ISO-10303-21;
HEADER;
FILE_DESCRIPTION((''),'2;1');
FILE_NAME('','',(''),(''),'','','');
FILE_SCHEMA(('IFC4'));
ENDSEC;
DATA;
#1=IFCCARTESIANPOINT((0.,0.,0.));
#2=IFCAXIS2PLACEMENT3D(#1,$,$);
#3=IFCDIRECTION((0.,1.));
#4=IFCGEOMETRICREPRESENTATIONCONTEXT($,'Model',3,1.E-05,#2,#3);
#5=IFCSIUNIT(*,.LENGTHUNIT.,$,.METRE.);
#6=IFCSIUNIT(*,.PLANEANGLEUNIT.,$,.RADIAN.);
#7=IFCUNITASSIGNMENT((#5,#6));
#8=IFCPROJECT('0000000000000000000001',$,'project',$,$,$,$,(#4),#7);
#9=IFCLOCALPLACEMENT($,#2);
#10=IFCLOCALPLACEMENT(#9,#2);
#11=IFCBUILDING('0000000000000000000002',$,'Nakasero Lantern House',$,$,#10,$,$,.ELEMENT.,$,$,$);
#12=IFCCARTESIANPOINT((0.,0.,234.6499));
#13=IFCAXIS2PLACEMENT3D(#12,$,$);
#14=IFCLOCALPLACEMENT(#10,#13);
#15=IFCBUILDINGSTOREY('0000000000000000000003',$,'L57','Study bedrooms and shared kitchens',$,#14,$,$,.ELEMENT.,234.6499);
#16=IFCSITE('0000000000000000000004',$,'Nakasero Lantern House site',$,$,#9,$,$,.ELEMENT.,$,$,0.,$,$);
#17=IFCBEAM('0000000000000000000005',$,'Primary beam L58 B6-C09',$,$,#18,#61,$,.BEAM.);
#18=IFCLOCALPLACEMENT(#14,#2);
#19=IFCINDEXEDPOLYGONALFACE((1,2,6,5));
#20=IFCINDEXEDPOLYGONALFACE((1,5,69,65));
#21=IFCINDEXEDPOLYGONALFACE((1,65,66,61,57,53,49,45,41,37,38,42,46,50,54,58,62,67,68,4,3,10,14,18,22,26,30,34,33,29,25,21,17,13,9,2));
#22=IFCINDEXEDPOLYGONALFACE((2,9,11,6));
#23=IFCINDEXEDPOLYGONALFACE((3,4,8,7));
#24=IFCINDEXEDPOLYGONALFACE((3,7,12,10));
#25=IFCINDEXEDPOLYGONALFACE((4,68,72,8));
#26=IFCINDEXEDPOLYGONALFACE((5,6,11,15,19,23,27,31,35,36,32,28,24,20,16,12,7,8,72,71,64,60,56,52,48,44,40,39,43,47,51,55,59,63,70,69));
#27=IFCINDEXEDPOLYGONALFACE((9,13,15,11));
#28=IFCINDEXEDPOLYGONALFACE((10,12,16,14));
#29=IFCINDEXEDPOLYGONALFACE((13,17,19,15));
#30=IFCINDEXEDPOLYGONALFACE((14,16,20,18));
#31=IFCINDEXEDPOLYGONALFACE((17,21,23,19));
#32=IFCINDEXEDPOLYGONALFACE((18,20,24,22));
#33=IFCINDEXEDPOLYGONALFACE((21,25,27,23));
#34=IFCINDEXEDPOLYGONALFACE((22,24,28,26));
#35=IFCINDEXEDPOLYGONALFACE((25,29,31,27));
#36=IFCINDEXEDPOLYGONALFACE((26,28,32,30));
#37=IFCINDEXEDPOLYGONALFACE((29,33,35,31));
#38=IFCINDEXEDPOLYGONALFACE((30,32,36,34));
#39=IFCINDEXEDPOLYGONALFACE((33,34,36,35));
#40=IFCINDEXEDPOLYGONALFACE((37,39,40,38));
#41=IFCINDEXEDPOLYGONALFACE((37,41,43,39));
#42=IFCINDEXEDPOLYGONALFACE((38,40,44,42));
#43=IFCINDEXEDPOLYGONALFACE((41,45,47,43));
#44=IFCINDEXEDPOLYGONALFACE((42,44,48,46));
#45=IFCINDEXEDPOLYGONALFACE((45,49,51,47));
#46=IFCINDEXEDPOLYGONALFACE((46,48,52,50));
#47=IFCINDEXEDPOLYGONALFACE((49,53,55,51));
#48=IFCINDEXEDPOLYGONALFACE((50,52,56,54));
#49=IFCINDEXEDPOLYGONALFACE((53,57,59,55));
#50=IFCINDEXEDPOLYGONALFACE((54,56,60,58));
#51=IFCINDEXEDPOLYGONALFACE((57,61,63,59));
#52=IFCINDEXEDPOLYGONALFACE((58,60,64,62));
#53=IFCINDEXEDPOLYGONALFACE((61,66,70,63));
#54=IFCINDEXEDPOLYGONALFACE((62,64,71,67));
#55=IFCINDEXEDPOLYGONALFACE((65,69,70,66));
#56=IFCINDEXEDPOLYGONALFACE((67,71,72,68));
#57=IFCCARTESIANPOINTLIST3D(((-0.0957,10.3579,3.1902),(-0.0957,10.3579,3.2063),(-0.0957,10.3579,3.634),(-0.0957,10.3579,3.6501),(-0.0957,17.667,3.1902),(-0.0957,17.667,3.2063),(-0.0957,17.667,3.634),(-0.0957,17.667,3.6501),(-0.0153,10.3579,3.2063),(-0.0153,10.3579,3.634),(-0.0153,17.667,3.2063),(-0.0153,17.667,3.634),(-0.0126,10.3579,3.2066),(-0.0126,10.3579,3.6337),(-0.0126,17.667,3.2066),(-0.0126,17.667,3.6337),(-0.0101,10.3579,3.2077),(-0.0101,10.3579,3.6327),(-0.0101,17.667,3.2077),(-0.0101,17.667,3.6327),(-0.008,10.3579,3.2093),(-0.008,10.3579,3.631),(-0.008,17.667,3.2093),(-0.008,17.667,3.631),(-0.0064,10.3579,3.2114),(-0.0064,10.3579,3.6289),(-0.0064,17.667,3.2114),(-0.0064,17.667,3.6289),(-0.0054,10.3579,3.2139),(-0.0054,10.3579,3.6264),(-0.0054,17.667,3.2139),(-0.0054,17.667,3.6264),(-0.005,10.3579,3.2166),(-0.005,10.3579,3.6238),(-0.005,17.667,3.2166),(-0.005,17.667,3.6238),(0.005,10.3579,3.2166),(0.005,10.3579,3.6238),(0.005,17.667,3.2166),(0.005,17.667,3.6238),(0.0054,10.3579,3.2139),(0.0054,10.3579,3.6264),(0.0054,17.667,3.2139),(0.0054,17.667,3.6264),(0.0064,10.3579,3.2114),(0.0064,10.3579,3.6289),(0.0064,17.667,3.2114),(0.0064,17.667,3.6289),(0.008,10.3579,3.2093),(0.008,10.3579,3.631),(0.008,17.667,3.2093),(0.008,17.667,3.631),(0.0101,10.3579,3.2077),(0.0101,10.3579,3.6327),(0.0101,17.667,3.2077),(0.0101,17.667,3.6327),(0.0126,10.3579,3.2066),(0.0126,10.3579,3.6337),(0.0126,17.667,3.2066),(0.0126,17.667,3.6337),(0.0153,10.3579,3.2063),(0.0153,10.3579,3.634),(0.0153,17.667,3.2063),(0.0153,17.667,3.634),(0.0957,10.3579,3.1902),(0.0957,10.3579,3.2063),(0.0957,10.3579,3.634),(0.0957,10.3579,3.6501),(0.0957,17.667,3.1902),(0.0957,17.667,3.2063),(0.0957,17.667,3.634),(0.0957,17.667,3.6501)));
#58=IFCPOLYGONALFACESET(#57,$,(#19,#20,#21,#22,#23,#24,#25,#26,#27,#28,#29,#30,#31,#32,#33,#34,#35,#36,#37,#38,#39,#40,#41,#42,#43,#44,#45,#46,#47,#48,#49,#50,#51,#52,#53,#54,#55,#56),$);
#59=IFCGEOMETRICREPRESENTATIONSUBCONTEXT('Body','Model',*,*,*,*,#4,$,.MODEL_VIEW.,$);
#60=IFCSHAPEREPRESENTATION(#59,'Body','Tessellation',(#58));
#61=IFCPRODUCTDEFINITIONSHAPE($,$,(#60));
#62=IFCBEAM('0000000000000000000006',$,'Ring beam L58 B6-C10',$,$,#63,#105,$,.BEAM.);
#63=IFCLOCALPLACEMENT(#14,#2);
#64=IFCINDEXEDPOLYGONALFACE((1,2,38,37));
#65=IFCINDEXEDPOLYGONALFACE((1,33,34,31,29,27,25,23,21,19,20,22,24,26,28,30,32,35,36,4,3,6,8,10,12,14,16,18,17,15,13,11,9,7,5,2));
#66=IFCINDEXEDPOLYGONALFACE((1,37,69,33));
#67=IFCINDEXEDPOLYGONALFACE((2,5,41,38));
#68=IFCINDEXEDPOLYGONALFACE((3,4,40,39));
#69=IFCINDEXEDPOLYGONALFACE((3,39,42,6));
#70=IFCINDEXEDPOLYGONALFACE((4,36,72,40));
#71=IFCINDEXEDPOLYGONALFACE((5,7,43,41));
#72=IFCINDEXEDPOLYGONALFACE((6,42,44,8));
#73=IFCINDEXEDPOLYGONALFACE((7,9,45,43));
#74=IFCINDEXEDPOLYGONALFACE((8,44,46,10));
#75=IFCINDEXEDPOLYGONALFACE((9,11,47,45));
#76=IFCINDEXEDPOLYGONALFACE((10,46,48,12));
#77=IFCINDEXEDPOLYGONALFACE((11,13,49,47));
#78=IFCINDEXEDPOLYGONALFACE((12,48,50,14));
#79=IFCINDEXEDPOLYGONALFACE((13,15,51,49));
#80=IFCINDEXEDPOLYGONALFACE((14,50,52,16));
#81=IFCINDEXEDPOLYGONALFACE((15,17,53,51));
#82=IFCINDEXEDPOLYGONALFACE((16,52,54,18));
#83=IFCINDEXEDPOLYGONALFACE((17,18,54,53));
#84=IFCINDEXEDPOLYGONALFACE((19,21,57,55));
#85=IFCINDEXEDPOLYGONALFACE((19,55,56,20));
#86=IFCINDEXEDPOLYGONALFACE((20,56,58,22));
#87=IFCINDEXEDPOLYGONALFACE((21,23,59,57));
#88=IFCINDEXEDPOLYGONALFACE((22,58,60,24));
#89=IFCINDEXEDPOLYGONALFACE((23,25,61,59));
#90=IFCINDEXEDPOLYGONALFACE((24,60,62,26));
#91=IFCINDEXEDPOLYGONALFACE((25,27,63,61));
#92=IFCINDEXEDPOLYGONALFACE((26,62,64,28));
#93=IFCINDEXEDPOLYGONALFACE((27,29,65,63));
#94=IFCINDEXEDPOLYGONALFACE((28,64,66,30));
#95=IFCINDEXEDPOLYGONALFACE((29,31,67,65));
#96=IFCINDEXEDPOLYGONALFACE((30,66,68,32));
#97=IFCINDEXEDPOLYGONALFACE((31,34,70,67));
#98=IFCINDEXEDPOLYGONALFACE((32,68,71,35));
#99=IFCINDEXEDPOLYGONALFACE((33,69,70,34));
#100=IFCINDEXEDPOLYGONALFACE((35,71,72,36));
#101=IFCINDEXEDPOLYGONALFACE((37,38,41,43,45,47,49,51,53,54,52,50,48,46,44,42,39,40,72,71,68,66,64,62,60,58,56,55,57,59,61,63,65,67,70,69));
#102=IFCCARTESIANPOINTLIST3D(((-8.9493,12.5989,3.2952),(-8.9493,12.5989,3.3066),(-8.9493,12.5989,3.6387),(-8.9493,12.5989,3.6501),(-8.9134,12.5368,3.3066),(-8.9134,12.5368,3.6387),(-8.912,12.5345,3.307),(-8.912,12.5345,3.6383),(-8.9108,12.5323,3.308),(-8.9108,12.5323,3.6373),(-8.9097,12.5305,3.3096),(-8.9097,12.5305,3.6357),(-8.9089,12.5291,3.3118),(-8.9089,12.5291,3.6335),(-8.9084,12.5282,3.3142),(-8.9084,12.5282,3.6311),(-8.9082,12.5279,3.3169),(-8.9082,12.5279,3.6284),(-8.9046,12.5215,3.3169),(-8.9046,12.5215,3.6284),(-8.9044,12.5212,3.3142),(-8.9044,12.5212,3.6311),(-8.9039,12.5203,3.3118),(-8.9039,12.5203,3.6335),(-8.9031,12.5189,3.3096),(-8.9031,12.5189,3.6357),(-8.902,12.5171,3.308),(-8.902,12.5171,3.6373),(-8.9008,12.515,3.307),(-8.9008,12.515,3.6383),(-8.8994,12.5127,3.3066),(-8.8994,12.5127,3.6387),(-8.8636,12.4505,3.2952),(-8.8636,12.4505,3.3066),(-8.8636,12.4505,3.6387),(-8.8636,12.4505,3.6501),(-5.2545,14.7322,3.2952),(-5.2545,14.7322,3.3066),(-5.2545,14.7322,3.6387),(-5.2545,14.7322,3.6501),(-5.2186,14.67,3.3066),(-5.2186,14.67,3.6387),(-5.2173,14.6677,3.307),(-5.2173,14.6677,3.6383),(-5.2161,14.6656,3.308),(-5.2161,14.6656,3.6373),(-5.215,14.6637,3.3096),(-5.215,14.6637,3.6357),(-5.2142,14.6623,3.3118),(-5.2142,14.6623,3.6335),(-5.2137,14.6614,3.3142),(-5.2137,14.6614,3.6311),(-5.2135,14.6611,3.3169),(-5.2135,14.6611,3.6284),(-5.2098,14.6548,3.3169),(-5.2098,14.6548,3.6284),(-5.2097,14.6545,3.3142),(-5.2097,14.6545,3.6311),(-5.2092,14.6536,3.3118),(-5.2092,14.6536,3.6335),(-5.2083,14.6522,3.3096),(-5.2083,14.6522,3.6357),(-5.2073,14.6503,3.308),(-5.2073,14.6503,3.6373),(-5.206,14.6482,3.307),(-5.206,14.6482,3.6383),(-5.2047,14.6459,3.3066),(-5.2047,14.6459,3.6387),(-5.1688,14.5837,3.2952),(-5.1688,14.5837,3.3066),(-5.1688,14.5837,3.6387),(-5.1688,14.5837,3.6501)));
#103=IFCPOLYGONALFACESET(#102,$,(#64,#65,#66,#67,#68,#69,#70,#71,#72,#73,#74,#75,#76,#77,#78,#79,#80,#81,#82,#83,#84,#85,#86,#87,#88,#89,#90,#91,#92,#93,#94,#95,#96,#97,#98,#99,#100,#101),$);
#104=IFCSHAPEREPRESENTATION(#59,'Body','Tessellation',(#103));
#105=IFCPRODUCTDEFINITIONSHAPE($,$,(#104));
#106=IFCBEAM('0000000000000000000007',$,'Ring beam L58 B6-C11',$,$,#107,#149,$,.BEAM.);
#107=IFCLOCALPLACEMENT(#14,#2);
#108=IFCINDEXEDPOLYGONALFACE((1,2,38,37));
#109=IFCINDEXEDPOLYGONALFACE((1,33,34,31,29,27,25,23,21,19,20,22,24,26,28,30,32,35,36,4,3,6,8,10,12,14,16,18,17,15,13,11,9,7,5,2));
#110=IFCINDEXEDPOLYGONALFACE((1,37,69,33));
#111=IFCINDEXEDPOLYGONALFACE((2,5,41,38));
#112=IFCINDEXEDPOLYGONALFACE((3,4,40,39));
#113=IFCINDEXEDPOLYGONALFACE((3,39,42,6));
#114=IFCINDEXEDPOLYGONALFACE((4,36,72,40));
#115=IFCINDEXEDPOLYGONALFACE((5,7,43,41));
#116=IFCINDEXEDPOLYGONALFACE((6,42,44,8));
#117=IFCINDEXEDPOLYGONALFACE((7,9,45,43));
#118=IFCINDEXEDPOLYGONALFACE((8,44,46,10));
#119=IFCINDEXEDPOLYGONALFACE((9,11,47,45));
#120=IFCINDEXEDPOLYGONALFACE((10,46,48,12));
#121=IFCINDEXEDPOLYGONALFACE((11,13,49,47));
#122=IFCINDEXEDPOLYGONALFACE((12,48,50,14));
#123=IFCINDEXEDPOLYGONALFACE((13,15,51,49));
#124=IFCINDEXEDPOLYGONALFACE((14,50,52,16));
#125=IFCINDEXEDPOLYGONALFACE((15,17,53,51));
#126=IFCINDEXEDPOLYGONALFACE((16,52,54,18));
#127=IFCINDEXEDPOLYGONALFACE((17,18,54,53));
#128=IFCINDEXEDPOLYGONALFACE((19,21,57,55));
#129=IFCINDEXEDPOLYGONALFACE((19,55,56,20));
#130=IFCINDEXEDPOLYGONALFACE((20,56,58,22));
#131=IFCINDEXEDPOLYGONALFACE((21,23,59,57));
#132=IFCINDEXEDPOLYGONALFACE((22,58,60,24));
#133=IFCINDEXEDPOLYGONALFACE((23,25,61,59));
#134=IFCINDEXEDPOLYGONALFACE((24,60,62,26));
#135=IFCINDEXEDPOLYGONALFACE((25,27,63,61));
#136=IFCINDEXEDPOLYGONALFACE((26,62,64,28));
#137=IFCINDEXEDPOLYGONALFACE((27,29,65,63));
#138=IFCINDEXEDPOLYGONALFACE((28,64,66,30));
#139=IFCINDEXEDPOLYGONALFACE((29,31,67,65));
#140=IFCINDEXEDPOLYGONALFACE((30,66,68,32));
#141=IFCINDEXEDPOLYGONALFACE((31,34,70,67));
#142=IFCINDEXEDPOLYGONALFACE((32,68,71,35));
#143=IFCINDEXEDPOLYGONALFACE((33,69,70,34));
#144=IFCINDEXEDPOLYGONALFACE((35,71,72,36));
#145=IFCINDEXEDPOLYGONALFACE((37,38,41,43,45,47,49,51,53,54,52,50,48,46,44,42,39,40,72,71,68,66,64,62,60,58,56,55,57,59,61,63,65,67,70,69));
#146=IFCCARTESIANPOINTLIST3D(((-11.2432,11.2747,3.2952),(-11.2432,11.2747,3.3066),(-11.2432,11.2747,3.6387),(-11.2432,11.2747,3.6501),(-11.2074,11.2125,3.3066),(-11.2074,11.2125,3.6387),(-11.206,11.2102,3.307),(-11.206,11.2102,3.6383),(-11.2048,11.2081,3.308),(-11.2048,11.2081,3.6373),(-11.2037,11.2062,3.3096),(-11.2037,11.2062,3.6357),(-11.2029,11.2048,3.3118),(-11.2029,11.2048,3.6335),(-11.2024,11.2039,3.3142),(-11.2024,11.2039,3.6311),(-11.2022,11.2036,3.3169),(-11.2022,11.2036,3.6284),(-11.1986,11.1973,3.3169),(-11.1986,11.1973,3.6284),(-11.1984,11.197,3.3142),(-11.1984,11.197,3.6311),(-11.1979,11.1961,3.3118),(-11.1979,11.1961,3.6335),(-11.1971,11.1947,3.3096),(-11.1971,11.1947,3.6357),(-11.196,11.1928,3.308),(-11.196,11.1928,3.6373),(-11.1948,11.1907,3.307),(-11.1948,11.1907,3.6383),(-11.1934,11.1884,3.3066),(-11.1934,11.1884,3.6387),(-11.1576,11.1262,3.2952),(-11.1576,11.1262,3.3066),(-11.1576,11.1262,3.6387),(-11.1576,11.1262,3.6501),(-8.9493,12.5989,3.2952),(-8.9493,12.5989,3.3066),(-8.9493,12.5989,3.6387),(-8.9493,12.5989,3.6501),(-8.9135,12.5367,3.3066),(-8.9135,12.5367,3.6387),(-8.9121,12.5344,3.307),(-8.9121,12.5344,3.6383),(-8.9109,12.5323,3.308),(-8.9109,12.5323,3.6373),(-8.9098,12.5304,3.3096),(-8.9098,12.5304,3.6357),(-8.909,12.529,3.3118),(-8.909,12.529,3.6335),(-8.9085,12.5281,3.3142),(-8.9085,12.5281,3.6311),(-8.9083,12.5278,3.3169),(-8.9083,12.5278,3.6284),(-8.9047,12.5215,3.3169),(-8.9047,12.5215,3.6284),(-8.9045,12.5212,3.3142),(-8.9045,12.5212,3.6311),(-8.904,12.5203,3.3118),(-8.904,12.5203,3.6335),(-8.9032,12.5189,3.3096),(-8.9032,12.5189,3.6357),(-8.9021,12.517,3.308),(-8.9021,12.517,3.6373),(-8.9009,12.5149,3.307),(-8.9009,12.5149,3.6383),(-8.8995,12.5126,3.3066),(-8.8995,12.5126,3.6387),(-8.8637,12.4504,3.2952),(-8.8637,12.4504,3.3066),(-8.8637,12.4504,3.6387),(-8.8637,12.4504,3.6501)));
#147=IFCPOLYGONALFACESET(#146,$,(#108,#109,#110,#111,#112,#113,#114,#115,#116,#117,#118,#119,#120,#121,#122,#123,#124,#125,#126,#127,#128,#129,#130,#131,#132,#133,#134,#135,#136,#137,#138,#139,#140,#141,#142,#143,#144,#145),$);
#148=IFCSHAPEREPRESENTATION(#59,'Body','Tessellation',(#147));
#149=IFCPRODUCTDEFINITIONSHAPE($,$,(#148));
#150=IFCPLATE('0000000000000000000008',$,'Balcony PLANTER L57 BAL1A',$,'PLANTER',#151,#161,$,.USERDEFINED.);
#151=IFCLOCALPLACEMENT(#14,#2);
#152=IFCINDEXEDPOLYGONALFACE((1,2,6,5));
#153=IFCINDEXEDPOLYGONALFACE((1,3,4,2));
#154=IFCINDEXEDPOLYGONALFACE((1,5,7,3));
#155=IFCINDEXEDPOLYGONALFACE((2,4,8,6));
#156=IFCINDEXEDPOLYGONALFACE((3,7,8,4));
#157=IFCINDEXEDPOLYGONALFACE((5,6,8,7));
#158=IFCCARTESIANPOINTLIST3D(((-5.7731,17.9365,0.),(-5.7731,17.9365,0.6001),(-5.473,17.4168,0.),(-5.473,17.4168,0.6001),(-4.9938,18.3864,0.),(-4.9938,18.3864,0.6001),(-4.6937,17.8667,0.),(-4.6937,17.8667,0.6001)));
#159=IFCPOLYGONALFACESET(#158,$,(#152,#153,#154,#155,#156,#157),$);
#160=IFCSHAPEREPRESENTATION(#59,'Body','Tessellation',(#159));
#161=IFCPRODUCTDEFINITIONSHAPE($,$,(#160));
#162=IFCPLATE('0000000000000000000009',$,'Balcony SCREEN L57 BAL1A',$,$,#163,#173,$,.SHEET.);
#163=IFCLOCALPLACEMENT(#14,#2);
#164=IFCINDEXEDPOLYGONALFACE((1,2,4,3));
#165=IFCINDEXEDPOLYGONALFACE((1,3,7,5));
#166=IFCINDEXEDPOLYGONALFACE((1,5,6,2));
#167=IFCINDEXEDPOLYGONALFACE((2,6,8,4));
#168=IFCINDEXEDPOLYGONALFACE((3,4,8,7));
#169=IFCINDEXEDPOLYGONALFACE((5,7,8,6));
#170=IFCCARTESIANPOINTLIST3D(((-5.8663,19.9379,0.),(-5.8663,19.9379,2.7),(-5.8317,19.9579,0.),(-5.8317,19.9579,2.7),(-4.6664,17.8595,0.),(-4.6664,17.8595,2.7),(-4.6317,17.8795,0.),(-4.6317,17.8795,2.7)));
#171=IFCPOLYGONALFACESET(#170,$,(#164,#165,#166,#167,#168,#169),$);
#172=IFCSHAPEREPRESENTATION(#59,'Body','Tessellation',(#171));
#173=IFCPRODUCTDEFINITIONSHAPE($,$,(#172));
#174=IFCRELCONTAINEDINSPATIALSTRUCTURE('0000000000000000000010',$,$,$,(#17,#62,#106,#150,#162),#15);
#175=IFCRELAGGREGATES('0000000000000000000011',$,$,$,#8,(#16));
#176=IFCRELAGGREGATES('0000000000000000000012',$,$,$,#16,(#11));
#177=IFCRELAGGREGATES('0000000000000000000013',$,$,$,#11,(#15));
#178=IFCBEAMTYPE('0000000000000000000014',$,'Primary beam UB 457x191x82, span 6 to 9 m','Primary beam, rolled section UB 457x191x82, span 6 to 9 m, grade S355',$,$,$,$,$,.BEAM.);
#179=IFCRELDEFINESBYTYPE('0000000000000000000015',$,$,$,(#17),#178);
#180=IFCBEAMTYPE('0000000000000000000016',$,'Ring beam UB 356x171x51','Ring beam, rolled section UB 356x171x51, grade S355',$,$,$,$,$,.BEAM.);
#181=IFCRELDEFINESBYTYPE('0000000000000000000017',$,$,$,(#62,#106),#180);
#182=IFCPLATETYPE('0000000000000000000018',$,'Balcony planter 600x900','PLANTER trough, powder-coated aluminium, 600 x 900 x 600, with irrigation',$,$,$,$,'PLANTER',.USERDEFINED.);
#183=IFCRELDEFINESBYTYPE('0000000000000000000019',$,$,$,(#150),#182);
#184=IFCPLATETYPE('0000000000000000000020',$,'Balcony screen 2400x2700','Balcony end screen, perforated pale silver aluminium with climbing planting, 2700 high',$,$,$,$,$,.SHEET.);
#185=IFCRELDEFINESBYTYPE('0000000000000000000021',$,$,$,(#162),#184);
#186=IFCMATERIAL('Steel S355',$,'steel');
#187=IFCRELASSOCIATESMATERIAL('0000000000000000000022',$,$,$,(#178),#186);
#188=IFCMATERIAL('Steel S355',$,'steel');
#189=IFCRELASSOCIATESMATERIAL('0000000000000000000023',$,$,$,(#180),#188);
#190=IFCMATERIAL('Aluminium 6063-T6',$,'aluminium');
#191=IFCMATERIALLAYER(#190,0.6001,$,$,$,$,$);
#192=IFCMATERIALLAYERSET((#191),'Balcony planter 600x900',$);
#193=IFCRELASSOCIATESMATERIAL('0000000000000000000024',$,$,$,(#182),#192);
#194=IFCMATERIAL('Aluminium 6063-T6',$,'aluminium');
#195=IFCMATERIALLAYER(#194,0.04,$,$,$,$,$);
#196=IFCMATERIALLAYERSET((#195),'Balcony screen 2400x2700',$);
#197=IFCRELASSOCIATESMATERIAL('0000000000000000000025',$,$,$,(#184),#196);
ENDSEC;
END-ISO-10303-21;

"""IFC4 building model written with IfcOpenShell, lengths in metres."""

from ifc_helpers import new_model, si_unit, direction, frame, origin, origin_2d, place, context, subcontext, project, spatial, rectangle, i_section, extrude, material, layer, layer_set, material_profile, profile_set, type_object, element, save


model = new_model("IFC4")

# Units and contexts
model_context = context("Model", 3, precision=1e-05, world=origin(), true_north=direction((0.0, 1.0)))
body_context = subcontext(model_context, "Body", "Model", "MODEL_VIEW")
ifc_project = project(units=[si_unit("LENGTHUNIT", "METRE"), si_unit("PLANEANGLEUNIT", "RADIAN")], contexts=[model_context])

# Site, building, storey
site_placement = place(None, origin())
site = spatial("IfcSite", under=ifc_project, at=site_placement, Name="Nakasero Lantern House site", CompositionType="ELEMENT", RefElevation=0.0)
building_placement = place(site_placement, origin())
building = spatial("IfcBuilding", under=site, at=building_placement, Name="Nakasero Lantern House", CompositionType="ELEMENT")
storey_placement = place(building_placement, frame((0.0, 0.0, 234.6499)))
storey = spatial("IfcBuildingStorey", under=building, at=storey_placement, Name="L57", Description="Study bedrooms and shared kitchens", CompositionType="ELEMENT", Elevation=234.6499)

# Beams
ifc_material_1 = material(Name="Steel S355", Category="steel")
ifc_material_profile_1 = material_profile(ifc_material_1, i_section(OverallWidth=0.1914, OverallDepth=0.46, WebThickness=0.01, FlangeThickness=0.0161, FilletRadius=0.0103, at=origin_2d()), Name="UB 457x191x82")
ifc_profile_set_1 = profile_set([ifc_material_profile_1], Name="Steel S355")
beam_type_1 = type_object("IfcBeamType", Name="Primary beam UB 457x191x82, span 6 to 9 m", Description="Primary beam, rolled section UB 457x191x82, span 6 to 9 m, grade S355", PredefinedType="BEAM", material=ifc_profile_set_1)
beam_1_placement = place(storey_placement, frame((0.0, 17.667, 3.4202), z_axis=(0.0, -1.0, 0.0), x_axis=(1.0, 0.0, 0.0)))
element("IfcBeam", 1, at=beam_1_placement, inside=storey, type_object=beam_type_1, Name="Primary beam L58 B6-C09", PredefinedType="BEAM", context=body_context, shape_type="SweptSolid", body=[
    extrude(i_section(OverallWidth=0.1914, OverallDepth=0.46, WebThickness=0.01, FlangeThickness=0.0161, FilletRadius=0.0103, at=origin_2d()), origin(), (0.0, 0.0, 1.0), 7.3091),
])
ifc_material_2 = material(Name="Steel S355", Category="steel")
ifc_material_profile_2 = material_profile(ifc_material_2, i_section(OverallWidth=0.1714, OverallDepth=0.355, WebThickness=0.0073, FlangeThickness=0.0115, FilletRadius=0.0103, at=origin_2d()), Name="UB 356x171x51")
ifc_profile_set_2 = profile_set([ifc_material_profile_2], Name="Steel S355")
beam_type_2 = type_object("IfcBeamType", Name="Ring beam UB 356x171x51", Description="Ring beam, rolled section UB 356x171x51, grade S355", PredefinedType="BEAM", material=ifc_profile_set_2)
beam_2_placement = place(storey_placement, frame((-5.2117, 14.658, 3.4727), z_axis=(-0.866016, -0.500016, 0.0), x_axis=(0.500016, -0.866016, 0.0)))
element("IfcBeam", 2, at=beam_2_placement, inside=storey, type_object=beam_type_2, Name="Ring beam L58 B6-C10", PredefinedType="BEAM", context=body_context, shape_type="SweptSolid", body=[
    extrude(i_section(OverallWidth=0.1714, OverallDepth=0.355, WebThickness=0.0073, FlangeThickness=0.0115, FilletRadius=0.0103, at=origin_2d()), origin(), (0.0, 0.0, 1.0), 4.2664),
])
beam_3_placement = place(storey_placement, frame((-8.9065, 12.5247, 3.4727), z_axis=(-0.866057, -0.499946, 0.0), x_axis=(0.499946, -0.866057, 0.0)))
element("IfcBeam", 3, at=beam_3_placement, inside=storey, type_object=beam_type_2, Name="Ring beam L58 B6-C11", PredefinedType="BEAM", context=body_context, shape_type="SweptSolid", body=[
    extrude(i_section(OverallWidth=0.1714, OverallDepth=0.355, WebThickness=0.0073, FlangeThickness=0.0115, FilletRadius=0.0103, at=origin_2d()), origin(), (0.0, 0.0, 1.0), 2.6487),
])

# Plates
ifc_material_3 = material(Name="Aluminium 6063-T6", Category="aluminium")
ifc_layer_1 = layer(ifc_material_3, 0.6001)
ifc_layer_set_1 = layer_set([ifc_layer_1], Name="Balcony planter 600x900")
plate_type_1 = type_object("IfcPlateType", Name="Balcony planter 600x900", Description="PLANTER trough, powder-coated aluminium, 600 x 900 x 600, with irrigation", ElementType="PLANTER", PredefinedType="USERDEFINED", material=ifc_layer_set_1)
plate_1_placement = place(storey_placement, frame((-5.2334, 17.9016, 0.0), z_axis=(0.0, 0.0, 1.0), x_axis=(-0.5, 0.866025, 0.0)))
element("IfcPlate", 4, at=plate_1_placement, inside=storey, type_object=plate_type_1, Name="Balcony PLANTER L57 BAL1A", ObjectType="PLANTER", PredefinedType="USERDEFINED", context=body_context, shape_type="SweptSolid", body=[
    extrude(rectangle(XDim=0.6001, YDim=0.8999, at=origin_2d()), origin(), (0.0, 0.0, 1.0), 0.6001),
])
ifc_material_4 = material(Name="Aluminium 6063-T6", Category="aluminium")
ifc_layer_2 = layer(ifc_material_4, 0.04)
ifc_layer_set_2 = layer_set([ifc_layer_2], Name="Balcony screen 2400x2700")
plate_type_2 = type_object("IfcPlateType", Name="Balcony screen 2400x2700", Description="Balcony end screen, perforated pale silver aluminium with climbing planting, 2700 high", PredefinedType="SHEET", material=ifc_layer_set_2)
plate_2_placement = place(storey_placement, frame((-5.249, 18.9087, 0.0), z_axis=(0.0, 0.0, 1.0), x_axis=(-0.5, 0.866025, 0.0)))
element("IfcPlate", 5, at=plate_2_placement, inside=storey, type_object=plate_type_2, Name="Balcony SCREEN L57 BAL1A", PredefinedType="SHEET", context=body_context, shape_type="SweptSolid", body=[
    extrude(rectangle(XDim=2.3999, YDim=0.04, at=origin_2d()), origin(), (0.0, 0.0, 1.0), 2.7),
])

save(model, "model.ifc")
